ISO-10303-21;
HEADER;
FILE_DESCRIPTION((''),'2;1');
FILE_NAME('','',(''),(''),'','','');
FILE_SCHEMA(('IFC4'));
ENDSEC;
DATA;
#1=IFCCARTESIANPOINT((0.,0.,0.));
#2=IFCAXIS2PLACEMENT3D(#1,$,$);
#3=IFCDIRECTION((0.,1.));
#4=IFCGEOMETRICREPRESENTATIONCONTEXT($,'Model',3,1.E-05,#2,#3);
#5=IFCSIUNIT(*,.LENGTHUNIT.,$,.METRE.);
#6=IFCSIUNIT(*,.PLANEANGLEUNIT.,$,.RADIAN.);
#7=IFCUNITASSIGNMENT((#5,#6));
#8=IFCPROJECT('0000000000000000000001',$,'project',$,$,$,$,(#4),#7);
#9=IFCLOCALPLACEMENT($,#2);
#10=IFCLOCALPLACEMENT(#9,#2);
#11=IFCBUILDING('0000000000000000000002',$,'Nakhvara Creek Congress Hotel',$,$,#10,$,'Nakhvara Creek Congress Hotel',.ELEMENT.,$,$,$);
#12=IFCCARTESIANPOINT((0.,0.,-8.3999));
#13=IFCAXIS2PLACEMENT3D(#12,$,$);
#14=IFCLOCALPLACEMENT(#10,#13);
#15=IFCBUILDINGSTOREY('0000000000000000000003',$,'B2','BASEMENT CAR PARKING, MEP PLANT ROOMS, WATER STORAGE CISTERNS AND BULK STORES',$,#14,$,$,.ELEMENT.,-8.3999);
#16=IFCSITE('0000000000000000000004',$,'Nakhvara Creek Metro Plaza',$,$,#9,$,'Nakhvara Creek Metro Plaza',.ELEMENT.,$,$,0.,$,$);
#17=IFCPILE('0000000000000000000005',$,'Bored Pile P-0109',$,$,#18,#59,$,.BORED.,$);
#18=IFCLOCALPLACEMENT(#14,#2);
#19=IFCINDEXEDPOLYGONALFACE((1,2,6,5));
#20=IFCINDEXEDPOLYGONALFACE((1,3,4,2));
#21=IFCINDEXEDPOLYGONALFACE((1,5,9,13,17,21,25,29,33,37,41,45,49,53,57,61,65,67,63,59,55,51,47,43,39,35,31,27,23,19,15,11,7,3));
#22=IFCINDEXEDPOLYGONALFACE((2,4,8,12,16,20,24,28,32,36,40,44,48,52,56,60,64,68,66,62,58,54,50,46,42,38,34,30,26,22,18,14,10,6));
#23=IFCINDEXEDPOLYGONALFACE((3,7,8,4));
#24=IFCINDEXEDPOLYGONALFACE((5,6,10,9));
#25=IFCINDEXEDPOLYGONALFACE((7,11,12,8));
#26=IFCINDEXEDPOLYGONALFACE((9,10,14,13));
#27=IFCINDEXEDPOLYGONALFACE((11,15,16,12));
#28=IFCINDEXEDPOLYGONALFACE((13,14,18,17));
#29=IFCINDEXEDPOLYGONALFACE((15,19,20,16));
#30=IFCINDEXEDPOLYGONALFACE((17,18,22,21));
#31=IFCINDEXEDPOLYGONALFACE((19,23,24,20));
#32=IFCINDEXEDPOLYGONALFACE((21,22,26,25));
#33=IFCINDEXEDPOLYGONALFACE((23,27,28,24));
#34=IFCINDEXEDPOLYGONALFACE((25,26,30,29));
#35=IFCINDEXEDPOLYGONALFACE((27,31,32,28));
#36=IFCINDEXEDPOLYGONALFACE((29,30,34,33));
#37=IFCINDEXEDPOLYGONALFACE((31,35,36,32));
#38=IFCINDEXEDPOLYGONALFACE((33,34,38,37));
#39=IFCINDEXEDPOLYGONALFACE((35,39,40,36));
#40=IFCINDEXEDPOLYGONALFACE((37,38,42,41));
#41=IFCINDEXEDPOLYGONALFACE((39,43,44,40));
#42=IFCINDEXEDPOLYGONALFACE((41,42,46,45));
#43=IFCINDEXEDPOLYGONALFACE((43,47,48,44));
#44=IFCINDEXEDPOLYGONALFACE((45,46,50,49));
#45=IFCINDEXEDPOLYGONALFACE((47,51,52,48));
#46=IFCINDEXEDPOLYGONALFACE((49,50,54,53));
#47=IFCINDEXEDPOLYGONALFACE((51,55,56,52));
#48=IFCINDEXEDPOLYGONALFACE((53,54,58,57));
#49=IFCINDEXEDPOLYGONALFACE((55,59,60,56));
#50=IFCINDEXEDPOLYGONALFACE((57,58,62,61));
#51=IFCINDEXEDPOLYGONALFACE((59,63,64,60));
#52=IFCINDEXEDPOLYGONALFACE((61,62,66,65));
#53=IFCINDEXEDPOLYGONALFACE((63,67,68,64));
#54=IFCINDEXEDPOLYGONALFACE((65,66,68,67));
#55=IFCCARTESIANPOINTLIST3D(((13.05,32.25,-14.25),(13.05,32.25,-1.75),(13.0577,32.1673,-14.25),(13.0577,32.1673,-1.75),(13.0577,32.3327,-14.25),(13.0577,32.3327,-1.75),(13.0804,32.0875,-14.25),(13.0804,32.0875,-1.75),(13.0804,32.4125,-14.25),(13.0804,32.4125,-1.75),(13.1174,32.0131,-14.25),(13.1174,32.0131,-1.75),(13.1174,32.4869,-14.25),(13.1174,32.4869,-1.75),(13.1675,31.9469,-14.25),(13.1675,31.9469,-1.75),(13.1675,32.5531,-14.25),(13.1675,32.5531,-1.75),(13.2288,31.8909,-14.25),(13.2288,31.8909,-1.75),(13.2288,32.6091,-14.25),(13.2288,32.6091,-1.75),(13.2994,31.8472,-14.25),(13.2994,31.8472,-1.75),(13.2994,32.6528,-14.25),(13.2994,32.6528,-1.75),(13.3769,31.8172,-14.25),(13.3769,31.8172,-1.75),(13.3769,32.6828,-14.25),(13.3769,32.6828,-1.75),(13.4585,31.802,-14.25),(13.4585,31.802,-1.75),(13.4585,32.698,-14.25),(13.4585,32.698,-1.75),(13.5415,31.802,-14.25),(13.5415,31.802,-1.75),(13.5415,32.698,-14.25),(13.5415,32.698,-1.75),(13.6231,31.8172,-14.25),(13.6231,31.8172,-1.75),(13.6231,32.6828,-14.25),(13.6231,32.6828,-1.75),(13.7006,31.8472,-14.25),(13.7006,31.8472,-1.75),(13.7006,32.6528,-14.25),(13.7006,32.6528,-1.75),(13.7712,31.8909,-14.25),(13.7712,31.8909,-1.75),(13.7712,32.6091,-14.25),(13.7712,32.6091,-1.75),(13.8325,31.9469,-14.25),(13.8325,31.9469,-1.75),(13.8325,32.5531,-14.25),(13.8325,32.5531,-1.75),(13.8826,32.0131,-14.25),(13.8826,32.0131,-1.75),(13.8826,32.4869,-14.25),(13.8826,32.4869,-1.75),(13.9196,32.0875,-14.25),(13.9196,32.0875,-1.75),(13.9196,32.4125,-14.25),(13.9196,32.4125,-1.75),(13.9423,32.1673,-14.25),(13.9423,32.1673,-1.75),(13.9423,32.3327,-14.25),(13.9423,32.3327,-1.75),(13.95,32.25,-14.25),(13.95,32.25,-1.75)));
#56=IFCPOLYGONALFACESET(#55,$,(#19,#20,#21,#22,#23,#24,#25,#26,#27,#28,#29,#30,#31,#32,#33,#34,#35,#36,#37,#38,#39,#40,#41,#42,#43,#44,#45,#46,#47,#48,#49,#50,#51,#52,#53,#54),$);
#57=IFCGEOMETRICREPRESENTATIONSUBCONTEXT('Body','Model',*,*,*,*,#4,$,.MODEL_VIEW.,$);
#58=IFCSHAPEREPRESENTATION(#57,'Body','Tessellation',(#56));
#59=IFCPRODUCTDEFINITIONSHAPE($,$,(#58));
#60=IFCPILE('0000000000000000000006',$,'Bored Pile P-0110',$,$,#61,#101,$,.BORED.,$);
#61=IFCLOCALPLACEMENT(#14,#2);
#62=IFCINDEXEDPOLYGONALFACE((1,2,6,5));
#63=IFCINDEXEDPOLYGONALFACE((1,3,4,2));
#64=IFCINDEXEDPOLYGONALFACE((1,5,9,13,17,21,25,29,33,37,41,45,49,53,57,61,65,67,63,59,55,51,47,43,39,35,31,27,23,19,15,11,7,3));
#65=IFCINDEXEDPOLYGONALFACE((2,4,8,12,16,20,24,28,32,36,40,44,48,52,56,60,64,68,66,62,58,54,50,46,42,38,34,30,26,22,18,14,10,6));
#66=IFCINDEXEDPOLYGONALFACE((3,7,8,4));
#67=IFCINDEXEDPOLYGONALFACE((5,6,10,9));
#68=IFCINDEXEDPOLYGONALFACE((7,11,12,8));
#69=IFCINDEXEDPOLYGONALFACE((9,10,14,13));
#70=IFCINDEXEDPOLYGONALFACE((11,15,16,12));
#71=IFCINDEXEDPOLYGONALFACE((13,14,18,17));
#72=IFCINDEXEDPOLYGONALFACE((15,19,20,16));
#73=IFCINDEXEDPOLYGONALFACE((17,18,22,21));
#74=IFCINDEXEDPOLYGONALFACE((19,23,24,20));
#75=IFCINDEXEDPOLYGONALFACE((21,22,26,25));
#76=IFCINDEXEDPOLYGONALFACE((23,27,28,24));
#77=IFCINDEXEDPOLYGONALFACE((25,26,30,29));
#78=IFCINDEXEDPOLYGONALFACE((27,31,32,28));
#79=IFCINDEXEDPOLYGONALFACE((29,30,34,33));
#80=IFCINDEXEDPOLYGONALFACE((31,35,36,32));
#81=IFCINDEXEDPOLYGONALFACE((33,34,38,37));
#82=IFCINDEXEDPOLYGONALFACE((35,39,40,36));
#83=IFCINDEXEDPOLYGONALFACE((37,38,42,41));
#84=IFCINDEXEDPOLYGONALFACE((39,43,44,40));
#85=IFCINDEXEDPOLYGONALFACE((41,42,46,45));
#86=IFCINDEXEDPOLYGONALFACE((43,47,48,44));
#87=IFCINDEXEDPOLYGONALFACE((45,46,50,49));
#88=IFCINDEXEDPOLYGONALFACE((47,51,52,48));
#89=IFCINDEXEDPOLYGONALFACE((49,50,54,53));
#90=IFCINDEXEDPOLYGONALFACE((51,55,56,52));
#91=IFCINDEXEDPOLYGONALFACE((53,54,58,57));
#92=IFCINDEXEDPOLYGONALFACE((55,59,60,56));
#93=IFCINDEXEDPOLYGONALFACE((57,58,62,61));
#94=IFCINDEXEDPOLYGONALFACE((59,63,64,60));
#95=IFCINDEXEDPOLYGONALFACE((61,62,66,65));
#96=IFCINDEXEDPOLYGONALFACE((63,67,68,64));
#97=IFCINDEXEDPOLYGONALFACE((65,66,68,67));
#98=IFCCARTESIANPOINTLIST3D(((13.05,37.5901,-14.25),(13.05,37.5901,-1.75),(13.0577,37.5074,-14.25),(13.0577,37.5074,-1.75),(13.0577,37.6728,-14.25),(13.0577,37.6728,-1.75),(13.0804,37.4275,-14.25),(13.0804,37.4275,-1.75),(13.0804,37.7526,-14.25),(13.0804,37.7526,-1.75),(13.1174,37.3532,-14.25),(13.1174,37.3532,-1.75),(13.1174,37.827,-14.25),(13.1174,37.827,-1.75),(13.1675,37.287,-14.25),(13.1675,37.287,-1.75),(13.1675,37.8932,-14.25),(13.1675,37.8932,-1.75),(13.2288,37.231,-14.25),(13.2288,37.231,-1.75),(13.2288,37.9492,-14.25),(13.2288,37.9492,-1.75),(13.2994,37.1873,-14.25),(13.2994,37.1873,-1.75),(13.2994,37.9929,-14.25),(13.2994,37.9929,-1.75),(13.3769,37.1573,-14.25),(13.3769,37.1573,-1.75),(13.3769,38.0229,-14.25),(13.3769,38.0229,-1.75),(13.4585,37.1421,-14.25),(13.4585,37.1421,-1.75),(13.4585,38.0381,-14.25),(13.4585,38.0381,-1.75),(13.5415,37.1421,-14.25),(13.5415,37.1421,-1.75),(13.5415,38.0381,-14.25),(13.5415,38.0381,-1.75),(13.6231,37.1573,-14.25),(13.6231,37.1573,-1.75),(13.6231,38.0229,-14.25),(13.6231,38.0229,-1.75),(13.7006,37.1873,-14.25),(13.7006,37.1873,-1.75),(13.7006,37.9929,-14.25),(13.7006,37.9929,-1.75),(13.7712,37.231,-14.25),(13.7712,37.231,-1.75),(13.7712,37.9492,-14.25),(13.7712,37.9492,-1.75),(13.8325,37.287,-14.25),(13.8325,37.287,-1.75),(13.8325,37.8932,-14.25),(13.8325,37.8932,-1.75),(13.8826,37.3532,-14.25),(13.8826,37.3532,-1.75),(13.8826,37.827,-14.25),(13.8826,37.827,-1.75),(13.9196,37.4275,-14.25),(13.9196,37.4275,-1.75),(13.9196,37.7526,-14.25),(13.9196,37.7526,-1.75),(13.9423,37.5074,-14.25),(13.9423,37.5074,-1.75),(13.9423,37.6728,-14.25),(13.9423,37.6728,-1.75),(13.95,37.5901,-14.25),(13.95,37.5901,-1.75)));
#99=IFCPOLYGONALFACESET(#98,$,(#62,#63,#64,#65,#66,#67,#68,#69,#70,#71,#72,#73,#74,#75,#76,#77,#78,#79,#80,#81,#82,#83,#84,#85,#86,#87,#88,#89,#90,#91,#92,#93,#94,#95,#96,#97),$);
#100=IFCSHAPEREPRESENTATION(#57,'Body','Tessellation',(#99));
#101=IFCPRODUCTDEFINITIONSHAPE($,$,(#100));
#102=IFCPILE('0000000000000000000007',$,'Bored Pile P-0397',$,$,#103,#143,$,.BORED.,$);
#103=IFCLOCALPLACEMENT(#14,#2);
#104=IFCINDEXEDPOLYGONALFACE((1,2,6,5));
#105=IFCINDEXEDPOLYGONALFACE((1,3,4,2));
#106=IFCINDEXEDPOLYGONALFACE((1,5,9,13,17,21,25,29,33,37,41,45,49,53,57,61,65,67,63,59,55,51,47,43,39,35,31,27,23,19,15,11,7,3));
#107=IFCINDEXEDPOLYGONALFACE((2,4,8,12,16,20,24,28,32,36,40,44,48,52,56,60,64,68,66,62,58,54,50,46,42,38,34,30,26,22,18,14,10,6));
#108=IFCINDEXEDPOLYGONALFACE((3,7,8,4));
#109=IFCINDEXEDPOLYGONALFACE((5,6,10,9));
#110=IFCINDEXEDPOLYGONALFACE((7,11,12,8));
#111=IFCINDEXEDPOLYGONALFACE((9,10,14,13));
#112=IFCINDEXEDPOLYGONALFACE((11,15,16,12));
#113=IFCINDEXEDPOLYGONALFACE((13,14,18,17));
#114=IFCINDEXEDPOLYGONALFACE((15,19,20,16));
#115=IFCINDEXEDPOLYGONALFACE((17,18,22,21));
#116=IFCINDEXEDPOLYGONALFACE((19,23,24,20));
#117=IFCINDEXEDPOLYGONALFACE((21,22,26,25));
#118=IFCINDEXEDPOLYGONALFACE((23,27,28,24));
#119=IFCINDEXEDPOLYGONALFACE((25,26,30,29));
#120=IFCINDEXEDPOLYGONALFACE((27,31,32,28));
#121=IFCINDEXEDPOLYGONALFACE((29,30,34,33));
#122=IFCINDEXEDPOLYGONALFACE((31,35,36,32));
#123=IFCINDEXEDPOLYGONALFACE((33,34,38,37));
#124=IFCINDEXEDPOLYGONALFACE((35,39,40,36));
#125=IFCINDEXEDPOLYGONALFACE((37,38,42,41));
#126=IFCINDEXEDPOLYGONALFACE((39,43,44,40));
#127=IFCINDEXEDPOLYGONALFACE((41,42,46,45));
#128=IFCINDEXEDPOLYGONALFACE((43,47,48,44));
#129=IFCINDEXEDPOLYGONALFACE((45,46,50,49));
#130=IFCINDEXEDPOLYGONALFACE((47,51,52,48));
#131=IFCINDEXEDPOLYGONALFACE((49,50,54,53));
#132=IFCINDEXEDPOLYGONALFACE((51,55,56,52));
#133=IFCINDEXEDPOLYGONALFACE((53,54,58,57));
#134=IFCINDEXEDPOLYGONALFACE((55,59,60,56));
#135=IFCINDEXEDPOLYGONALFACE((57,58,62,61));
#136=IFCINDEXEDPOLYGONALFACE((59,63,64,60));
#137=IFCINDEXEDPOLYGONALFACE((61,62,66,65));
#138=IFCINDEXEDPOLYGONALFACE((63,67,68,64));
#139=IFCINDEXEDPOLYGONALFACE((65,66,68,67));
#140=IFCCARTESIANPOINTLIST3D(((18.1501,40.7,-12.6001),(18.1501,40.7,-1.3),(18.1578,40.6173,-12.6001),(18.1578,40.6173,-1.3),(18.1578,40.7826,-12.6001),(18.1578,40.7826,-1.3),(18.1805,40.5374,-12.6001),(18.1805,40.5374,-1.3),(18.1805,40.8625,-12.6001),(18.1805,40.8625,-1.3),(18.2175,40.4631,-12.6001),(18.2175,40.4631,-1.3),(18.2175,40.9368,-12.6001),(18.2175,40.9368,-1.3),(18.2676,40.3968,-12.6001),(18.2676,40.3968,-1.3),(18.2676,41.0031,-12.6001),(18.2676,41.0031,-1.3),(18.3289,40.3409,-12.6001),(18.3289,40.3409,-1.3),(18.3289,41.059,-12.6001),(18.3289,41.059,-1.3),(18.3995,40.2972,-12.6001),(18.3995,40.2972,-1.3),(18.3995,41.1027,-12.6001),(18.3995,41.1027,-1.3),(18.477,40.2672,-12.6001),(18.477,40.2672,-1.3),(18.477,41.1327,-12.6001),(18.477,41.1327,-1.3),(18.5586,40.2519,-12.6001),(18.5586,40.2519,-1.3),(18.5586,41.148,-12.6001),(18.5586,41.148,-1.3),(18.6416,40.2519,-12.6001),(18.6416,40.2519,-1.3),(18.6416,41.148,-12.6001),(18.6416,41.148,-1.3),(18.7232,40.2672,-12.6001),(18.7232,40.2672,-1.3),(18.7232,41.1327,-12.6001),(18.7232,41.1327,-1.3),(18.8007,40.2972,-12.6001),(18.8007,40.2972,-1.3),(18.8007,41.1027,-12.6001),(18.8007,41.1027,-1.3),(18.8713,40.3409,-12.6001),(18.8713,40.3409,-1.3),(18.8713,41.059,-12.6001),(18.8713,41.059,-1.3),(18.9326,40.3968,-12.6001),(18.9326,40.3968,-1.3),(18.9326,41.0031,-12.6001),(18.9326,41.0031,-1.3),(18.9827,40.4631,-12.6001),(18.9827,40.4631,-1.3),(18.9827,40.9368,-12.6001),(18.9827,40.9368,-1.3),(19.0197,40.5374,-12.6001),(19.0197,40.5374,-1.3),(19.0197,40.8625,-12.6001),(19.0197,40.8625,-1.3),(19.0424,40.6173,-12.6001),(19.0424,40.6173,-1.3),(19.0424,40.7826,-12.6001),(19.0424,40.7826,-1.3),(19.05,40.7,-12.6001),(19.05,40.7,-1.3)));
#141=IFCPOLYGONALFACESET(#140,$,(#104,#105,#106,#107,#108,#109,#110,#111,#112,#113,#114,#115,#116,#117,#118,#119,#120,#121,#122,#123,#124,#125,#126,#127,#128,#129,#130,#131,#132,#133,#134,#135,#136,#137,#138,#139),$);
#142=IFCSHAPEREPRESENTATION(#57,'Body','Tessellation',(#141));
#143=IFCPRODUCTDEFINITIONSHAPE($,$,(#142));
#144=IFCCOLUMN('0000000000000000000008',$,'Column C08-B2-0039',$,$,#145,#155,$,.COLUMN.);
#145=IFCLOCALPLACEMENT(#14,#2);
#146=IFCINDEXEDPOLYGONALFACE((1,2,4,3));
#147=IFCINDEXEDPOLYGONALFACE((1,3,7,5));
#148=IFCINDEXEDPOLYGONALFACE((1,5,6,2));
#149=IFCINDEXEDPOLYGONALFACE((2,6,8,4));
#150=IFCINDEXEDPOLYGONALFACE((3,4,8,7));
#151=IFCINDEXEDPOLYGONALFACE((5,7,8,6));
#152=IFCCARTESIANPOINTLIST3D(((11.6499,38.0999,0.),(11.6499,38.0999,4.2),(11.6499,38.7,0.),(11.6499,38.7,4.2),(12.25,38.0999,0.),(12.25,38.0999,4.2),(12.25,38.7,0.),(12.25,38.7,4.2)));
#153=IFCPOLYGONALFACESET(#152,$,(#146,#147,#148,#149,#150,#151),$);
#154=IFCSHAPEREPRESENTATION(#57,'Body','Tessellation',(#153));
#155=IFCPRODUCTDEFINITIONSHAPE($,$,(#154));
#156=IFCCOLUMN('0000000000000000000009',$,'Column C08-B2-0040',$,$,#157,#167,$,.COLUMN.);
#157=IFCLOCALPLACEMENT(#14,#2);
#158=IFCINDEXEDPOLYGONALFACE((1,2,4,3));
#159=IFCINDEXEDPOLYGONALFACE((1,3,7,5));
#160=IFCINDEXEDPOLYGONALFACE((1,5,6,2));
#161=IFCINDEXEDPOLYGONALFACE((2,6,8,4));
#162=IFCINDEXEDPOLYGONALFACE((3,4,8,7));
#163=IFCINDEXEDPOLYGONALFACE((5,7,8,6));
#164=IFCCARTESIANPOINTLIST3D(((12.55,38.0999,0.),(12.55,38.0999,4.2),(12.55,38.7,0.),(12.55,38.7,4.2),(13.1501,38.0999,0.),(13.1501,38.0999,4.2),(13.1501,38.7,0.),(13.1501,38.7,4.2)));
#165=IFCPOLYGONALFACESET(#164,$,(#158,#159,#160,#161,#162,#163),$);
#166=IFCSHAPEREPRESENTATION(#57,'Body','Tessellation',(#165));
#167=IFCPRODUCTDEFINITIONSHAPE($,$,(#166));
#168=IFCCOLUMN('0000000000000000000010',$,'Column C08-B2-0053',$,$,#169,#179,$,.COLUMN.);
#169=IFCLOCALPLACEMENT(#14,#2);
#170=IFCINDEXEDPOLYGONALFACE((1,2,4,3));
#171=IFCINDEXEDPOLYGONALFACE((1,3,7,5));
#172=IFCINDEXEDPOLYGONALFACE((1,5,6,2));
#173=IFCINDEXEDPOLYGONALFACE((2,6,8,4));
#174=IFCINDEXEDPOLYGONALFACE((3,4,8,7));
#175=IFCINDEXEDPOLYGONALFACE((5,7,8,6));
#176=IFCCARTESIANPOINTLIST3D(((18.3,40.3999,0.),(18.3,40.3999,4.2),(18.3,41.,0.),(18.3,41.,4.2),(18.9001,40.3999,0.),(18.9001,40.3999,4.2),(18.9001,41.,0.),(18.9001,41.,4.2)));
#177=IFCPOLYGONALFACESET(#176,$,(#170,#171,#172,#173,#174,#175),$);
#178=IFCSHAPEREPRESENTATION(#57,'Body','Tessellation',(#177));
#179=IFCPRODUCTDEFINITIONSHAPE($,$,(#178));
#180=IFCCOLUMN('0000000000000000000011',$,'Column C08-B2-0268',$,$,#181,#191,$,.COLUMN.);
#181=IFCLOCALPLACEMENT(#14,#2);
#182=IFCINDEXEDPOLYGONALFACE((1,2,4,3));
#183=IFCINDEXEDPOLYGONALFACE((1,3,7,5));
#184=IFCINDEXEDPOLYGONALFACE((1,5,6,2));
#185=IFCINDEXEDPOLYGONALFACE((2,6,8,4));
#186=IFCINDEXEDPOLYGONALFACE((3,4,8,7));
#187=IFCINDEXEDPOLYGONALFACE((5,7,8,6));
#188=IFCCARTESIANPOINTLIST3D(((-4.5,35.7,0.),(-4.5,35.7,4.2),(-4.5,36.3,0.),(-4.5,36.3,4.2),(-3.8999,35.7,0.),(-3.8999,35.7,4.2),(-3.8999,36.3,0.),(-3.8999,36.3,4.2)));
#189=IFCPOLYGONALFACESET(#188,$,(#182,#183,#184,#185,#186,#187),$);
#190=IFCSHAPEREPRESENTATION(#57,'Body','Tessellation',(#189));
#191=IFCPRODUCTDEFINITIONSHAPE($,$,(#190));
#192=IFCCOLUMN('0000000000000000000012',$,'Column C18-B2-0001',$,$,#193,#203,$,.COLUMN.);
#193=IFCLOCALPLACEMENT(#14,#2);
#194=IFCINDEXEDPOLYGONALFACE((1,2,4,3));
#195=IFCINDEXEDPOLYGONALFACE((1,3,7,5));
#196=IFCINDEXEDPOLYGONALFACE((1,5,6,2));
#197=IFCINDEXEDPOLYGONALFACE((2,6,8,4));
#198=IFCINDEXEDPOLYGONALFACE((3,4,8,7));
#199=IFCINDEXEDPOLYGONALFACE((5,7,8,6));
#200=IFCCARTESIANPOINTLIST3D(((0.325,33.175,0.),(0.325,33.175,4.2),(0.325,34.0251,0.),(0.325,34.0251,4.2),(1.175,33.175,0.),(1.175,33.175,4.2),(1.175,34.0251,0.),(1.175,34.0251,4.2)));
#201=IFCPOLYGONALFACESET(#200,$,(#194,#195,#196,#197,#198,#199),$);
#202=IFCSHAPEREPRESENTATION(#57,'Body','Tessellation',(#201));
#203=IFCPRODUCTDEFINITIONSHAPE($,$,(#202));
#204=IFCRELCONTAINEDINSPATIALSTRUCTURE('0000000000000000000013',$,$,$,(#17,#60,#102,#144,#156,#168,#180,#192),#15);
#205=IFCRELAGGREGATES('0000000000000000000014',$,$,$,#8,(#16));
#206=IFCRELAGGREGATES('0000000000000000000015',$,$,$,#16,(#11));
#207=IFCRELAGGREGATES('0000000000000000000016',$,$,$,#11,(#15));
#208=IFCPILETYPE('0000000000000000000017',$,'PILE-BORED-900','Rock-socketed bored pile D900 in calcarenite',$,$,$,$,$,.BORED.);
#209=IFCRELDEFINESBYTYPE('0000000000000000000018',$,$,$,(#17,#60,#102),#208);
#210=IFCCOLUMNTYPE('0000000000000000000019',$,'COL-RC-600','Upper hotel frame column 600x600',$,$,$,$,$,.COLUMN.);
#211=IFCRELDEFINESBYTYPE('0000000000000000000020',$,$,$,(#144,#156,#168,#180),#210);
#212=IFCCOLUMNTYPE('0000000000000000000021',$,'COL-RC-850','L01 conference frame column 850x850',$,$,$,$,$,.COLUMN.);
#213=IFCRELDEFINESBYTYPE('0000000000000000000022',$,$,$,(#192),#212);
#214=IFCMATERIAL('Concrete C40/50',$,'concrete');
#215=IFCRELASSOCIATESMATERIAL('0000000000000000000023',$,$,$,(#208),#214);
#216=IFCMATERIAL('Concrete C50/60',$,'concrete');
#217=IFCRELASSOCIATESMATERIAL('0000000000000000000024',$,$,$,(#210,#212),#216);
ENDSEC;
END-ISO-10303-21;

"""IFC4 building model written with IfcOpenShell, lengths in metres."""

from ifc_helpers import new_model, si_unit, direction, frame, origin, origin_2d, place, context, subcontext, project, spatial, rectangle, circle, extrude, material, material_profile, profile_set, type_object, element, save


model = new_model("IFC4")

# Units and contexts
model_context = context("Model", 3, precision=1e-05, world=origin(), true_north=direction((0.0, 1.0)))
body_context = subcontext(model_context, "Body", "Model", "MODEL_VIEW")
ifc_project = project(units=[si_unit("LENGTHUNIT", "METRE"), si_unit("PLANEANGLEUNIT", "RADIAN")], contexts=[model_context])

# Site, building, storey
site_placement = place(None, origin())
site = spatial("IfcSite", under=ifc_project, at=site_placement, Name="Nakhvara Creek Metro Plaza", LongName="Nakhvara Creek Metro Plaza", CompositionType="ELEMENT", RefElevation=0.0)
building_placement = place(site_placement, origin())
building = spatial("IfcBuilding", under=site, at=building_placement, Name="Nakhvara Creek Congress Hotel", LongName="Nakhvara Creek Congress Hotel", CompositionType="ELEMENT")
storey_placement = place(building_placement, frame((0.0, 0.0, -8.3999)))
storey = spatial("IfcBuildingStorey", under=building, at=storey_placement, Name="B2", Description="BASEMENT CAR PARKING, MEP PLANT ROOMS, WATER STORAGE CISTERNS AND BULK STORES", CompositionType="ELEMENT", Elevation=-8.3999)

# Shared definitions
ifc_material_1 = material(Name="Concrete C40/50", Category="concrete")

# Piles
ifc_material_profile_1 = material_profile(ifc_material_1, circle(Radius=0.45, at=origin_2d()), Name="BORED PILE D900", Category="LoadBearing")
ifc_profile_set_1 = profile_set([ifc_material_profile_1], Name="Concrete C40/50")
pile_type = type_object("IfcPileType", Name="PILE-BORED-900", Description="Rock-socketed bored pile D900 in calcarenite", PredefinedType="BORED", material=ifc_profile_set_1)
for number, where, z_axis, x_axis, name in (
    (1, (13.5, 32.25, -1.75), (0.0, 0.0, -1.0), (1.0, 0.0, 0.0), "Bored Pile P-0109"),
    (2, (13.5, 37.5901, -1.75), (0.0, 0.0, -1.0), (1.0, 0.0, 0.0), "Bored Pile P-0110"),
):
    element("IfcPile", number, at=place(storey_placement, frame(where, z_axis=z_axis, x_axis=x_axis)), inside=storey, type_object=pile_type, Name=name, PredefinedType="BORED", context=body_context, shape_type="SweptSolid", body=[
        extrude(circle(Radius=0.45, at=origin_2d()), origin(), (0.0, 0.0, 1.0), 12.5),
    ])
pile_placement = place(storey_placement, frame((18.6001, 40.7, -1.3), z_axis=(0.0, 0.0, -1.0), x_axis=(1.0, 0.0, 0.0)))
element("IfcPile", 3, at=pile_placement, inside=storey, type_object=pile_type, Name="Bored Pile P-0397", PredefinedType="BORED", context=body_context, shape_type="SweptSolid", body=[
    extrude(circle(Radius=0.45, at=origin_2d()), origin(), (0.0, 0.0, 1.0), 11.3),
])

# Columns
ifc_material_2 = material(Name="Concrete C50/60", Category="concrete")
ifc_material_profile_2 = material_profile(ifc_material_2, rectangle(XDim=0.6001, YDim=0.6001, at=origin_2d()), Name="RC-COL 600x600", Category="LoadBearing")
ifc_profile_set_2 = profile_set([ifc_material_profile_2], Name="Concrete C50/60")
column_type_1 = type_object("IfcColumnType", Name="COL-RC-600", Description="Upper hotel frame column 600x600", PredefinedType="COLUMN", material=ifc_profile_set_2)
for number, where, z_axis, x_axis, name in (
    (4, (11.95, 38.3999, 0.0), (0.0, 0.0, 1.0), (1.0, 0.0, 0.0), "Column C08-B2-0039"),
    (5, (12.8501, 38.3999, 0.0), (0.0, 0.0, 1.0), (1.0, 0.0, 0.0), "Column C08-B2-0040"),
    (6, (18.6001, 40.7, 0.0), (0.0, 0.0, 1.0), (1.0, 0.0, 0.0), "Column C08-B2-0053"),
    (7, (-4.2, 36.0, 0.0), (0.0, 0.0, 1.0), (1.0, 0.0, 0.0), "Column C08-B2-0268"),
):
    element("IfcColumn", number, at=place(storey_placement, frame(where, z_axis=z_axis, x_axis=x_axis)), inside=storey, type_object=column_type_1, Name=name, PredefinedType="COLUMN", context=body_context, shape_type="SweptSolid", body=[
        extrude(rectangle(XDim=0.6001, YDim=0.6001, at=origin_2d()), origin(), (0.0, 0.0, 1.0), 4.2),
    ])
ifc_material_profile_3 = material_profile(ifc_material_2, rectangle(XDim=0.8501, YDim=0.8501, at=origin_2d()), Name="RC-COL 850x850", Category="LoadBearing")
ifc_profile_set_3 = profile_set([ifc_material_profile_3], Name="Concrete C50/60")
column_type_2 = type_object("IfcColumnType", Name="COL-RC-850", Description="L01 conference frame column 850x850", PredefinedType="COLUMN", material=ifc_profile_set_3)
column_placement = place(storey_placement, frame((0.75, 33.6001, 0.0), z_axis=(0.0, 0.0, 1.0), x_axis=(1.0, 0.0, 0.0)))
element("IfcColumn", 8, at=column_placement, inside=storey, type_object=column_type_2, Name="Column C18-B2-0001", PredefinedType="COLUMN", context=body_context, shape_type="SweptSolid", body=[
    extrude(rectangle(XDim=0.8501, YDim=0.8501, at=origin_2d()), origin(), (0.0, 0.0, 1.0), 4.2),
])

save(model, "model.ifc")
